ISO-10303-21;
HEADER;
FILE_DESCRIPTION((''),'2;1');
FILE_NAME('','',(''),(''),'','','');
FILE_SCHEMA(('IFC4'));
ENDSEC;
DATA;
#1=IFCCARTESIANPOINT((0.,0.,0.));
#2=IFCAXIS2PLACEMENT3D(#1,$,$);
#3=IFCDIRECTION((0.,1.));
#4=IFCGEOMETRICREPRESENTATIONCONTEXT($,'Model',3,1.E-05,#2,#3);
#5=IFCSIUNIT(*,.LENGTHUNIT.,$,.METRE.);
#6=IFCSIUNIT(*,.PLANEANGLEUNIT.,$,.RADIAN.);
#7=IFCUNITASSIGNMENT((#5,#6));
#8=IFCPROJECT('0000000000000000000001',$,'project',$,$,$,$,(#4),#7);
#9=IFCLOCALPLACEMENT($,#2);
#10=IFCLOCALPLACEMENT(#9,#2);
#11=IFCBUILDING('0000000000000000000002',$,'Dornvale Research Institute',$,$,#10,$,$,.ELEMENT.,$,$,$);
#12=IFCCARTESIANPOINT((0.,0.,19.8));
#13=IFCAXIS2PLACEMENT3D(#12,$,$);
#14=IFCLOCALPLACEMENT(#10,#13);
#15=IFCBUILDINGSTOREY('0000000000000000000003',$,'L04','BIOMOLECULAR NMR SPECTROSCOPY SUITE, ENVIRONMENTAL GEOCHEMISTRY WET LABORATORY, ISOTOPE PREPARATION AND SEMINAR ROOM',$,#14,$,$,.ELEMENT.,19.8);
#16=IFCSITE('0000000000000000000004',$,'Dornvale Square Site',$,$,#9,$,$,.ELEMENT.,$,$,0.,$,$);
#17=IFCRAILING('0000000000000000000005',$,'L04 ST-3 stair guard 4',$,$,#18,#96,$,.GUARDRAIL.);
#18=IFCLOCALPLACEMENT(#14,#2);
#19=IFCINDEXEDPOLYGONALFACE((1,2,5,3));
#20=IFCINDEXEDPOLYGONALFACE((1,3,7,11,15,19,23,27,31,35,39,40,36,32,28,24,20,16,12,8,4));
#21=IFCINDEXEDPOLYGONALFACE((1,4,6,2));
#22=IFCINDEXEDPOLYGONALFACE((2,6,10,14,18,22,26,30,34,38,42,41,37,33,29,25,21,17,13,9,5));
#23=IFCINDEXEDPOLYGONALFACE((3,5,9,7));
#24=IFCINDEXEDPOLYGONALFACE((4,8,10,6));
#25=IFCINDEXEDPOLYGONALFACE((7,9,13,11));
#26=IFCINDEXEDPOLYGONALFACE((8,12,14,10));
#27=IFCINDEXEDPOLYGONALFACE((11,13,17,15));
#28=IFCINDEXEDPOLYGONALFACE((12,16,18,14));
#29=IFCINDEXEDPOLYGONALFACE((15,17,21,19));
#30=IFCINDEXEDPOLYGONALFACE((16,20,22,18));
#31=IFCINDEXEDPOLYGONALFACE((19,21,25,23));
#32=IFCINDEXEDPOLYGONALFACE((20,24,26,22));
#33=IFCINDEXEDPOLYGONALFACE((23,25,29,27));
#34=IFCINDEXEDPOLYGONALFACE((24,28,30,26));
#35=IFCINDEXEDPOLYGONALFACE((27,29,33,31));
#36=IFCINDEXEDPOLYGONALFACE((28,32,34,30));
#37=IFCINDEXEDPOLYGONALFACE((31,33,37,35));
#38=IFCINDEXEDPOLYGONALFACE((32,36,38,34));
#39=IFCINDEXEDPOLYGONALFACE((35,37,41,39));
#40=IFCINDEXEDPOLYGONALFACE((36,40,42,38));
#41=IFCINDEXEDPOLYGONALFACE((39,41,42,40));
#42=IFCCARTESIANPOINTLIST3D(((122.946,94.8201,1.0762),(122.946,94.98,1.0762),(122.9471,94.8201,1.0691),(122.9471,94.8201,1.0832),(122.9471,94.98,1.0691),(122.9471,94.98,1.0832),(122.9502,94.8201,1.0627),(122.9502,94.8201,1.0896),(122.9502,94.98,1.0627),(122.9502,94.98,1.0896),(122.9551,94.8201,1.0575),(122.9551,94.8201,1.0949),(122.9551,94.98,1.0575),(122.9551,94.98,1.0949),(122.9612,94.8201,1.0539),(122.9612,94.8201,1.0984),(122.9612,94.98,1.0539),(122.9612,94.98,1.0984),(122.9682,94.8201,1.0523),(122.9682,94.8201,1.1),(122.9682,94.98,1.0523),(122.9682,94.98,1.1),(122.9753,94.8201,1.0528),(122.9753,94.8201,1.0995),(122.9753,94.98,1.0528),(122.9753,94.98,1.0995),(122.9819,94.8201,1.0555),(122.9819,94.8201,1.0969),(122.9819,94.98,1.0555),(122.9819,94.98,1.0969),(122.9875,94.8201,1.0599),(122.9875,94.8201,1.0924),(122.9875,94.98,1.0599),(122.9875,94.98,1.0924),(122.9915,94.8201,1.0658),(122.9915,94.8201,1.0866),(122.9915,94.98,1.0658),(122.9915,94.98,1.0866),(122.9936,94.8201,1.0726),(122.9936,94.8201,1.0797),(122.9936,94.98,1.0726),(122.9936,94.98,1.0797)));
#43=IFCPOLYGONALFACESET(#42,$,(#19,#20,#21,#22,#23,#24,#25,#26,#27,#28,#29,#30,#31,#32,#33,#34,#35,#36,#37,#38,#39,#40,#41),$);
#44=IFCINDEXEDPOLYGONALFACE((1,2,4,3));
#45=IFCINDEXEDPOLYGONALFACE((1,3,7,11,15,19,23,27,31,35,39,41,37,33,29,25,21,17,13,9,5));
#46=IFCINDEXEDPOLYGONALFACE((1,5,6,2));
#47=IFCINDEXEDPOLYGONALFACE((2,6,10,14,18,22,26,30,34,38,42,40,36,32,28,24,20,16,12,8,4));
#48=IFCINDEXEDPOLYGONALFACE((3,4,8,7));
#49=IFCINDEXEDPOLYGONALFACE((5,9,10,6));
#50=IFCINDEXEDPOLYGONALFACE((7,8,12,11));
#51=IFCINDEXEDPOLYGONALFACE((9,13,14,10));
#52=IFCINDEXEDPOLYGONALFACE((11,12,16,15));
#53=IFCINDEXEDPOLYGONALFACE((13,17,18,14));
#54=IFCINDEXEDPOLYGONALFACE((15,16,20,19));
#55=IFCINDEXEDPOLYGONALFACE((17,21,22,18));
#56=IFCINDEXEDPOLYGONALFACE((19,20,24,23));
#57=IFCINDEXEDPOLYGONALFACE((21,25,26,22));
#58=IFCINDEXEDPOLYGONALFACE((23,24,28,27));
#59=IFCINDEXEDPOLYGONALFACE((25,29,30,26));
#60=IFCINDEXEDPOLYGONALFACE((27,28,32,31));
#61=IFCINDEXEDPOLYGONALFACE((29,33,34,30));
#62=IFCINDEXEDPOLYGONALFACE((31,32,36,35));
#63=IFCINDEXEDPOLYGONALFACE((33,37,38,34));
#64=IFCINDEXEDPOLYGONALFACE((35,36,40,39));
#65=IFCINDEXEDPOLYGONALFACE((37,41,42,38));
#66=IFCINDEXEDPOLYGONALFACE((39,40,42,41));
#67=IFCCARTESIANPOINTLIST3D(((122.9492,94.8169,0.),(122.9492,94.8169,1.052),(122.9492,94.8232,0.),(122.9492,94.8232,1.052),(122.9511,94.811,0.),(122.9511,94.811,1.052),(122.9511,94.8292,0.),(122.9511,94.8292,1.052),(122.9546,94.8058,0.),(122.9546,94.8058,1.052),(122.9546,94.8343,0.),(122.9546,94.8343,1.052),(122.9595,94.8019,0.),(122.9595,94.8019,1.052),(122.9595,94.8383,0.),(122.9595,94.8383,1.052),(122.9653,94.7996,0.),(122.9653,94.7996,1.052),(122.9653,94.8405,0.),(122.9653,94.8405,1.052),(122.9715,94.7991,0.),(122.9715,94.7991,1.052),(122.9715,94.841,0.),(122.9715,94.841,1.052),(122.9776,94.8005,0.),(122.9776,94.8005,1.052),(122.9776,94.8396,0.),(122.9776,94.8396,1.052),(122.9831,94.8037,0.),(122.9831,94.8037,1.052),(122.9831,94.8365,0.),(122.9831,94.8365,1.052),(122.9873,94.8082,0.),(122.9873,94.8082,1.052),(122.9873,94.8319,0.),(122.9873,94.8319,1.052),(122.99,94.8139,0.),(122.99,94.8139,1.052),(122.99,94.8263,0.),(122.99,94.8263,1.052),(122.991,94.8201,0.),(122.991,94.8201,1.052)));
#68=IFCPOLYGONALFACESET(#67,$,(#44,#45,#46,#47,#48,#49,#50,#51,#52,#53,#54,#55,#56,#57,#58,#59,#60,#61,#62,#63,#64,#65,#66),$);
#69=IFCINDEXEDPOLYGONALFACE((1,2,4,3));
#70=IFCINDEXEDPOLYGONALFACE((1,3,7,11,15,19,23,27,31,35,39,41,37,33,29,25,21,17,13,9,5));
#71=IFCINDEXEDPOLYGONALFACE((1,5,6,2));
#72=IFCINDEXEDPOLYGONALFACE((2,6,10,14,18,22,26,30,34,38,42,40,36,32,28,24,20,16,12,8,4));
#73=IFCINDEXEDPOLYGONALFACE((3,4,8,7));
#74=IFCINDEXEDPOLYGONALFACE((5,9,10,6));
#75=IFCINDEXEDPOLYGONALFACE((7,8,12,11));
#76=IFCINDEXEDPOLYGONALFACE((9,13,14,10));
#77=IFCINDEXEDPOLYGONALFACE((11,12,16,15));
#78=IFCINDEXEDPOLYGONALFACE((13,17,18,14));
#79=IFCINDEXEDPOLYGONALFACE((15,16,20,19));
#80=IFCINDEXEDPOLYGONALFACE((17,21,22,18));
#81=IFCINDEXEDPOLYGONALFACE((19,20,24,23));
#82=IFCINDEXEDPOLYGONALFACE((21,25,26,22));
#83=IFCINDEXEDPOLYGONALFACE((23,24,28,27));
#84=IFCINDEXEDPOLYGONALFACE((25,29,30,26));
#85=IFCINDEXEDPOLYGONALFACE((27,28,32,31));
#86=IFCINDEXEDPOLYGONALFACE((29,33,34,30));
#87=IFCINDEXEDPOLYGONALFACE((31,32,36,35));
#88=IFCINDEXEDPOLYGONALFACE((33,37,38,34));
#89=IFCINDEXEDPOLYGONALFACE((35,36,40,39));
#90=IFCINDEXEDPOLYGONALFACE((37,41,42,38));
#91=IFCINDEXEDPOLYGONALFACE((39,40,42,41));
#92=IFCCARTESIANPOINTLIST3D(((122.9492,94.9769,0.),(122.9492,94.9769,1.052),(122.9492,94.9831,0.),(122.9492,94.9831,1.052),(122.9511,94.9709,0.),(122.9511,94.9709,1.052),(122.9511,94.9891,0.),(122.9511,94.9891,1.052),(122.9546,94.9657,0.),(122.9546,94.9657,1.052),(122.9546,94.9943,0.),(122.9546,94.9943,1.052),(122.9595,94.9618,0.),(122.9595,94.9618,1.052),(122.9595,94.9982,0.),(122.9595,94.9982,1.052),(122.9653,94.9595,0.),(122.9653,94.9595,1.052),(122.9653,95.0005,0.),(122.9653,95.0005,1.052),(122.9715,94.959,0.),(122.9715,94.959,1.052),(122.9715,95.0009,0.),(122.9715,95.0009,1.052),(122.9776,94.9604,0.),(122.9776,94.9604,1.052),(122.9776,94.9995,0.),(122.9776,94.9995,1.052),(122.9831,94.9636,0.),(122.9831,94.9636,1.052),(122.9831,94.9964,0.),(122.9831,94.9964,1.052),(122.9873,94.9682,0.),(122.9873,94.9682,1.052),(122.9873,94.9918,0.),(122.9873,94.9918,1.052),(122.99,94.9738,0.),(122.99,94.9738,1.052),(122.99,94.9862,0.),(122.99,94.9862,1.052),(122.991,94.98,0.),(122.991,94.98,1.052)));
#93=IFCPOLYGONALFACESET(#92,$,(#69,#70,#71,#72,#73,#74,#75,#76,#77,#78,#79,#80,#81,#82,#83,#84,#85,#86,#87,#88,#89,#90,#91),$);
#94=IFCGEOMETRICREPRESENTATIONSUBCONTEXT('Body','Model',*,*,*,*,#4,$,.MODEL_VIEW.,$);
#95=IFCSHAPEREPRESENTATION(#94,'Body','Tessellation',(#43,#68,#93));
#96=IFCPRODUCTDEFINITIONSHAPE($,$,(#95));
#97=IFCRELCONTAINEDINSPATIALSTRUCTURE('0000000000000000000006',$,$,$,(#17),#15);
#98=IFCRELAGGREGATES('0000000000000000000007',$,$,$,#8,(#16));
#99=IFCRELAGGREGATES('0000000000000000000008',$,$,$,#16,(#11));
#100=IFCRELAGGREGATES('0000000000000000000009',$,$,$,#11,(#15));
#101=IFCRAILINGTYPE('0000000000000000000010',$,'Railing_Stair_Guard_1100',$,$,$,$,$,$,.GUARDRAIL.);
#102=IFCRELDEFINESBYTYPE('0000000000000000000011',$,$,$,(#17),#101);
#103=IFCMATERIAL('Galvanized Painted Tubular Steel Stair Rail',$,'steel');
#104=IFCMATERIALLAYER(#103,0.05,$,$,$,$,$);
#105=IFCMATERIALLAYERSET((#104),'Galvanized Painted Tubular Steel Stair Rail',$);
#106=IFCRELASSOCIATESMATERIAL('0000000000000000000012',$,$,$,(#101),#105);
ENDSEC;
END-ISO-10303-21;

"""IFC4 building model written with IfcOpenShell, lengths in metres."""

from ifc_helpers import new_model, si_unit, direction, frame, origin, origin_2d, place, context, subcontext, project, spatial, circle, extrude, material, layer, layer_set, type_object, element, save


model = new_model("IFC4")

# Units and contexts
model_context = context("Model", 3, precision=1e-05, world=origin(), true_north=direction((0.0, 1.0)))
body_context = subcontext(model_context, "Body", "Model", "MODEL_VIEW")
ifc_project = project(units=[si_unit("LENGTHUNIT", "METRE"), si_unit("PLANEANGLEUNIT", "RADIAN")], contexts=[model_context])

# Site, building, storey
site_placement = place(None, origin())
site = spatial("IfcSite", under=ifc_project, at=site_placement, Name="Dornvale Square Site", CompositionType="ELEMENT", RefElevation=0.0)
building_placement = place(site_placement, origin())
building = spatial("IfcBuilding", under=site, at=building_placement, Name="Dornvale Research Institute", CompositionType="ELEMENT")
storey_placement = place(building_placement, frame((0.0, 0.0, 19.8)))
storey = spatial("IfcBuildingStorey", under=building, at=storey_placement, Name="L04", Description="BIOMOLECULAR NMR SPECTROSCOPY SUITE, ENVIRONMENTAL GEOCHEMISTRY WET LABORATORY, ISOTOPE PREPARATION AND SEMINAR ROOM", CompositionType="ELEMENT", Elevation=19.8)

# Railing
ifc_material_1 = material(Name="Galvanized Painted Tubular Steel Stair Rail", Category="steel")
ifc_layer_1 = layer(ifc_material_1, 0.05)
ifc_layer_set_1 = layer_set([ifc_layer_1], Name="Galvanized Painted Tubular Steel Stair Rail")
railing_type_1 = type_object("IfcRailingType", Name="Railing_Stair_Guard_1100", PredefinedType="GUARDRAIL", material=ifc_layer_set_1)
railing_1_placement = place(storey_placement, frame((122.97, 94.8201, 0.0)))
element("IfcRailing", 1, at=railing_1_placement, inside=storey, type_object=railing_type_1, Name="L04 ST-3 stair guard 4", PredefinedType="GUARDRAIL", context=body_context, shape_type="SweptSolid", body=[
    extrude(circle(Radius=0.0239, at=origin_2d()), frame((0.0, 0.0, 1.0762), z_axis=(0.0, 1.0, 0.0), x_axis=(-1.0, 0.0, 0.0)), (0.0, 0.0, 1.0), 0.1599),
    extrude(circle(Radius=0.021, at=origin_2d()), origin(), (0.0, 0.0, 1.0), 1.052),
    extrude(circle(Radius=0.021, at=origin_2d()), frame((0.0, 0.1599, 0.0)), (0.0, 0.0, 1.0), 1.052),
])

save(model, "model.ifc")
